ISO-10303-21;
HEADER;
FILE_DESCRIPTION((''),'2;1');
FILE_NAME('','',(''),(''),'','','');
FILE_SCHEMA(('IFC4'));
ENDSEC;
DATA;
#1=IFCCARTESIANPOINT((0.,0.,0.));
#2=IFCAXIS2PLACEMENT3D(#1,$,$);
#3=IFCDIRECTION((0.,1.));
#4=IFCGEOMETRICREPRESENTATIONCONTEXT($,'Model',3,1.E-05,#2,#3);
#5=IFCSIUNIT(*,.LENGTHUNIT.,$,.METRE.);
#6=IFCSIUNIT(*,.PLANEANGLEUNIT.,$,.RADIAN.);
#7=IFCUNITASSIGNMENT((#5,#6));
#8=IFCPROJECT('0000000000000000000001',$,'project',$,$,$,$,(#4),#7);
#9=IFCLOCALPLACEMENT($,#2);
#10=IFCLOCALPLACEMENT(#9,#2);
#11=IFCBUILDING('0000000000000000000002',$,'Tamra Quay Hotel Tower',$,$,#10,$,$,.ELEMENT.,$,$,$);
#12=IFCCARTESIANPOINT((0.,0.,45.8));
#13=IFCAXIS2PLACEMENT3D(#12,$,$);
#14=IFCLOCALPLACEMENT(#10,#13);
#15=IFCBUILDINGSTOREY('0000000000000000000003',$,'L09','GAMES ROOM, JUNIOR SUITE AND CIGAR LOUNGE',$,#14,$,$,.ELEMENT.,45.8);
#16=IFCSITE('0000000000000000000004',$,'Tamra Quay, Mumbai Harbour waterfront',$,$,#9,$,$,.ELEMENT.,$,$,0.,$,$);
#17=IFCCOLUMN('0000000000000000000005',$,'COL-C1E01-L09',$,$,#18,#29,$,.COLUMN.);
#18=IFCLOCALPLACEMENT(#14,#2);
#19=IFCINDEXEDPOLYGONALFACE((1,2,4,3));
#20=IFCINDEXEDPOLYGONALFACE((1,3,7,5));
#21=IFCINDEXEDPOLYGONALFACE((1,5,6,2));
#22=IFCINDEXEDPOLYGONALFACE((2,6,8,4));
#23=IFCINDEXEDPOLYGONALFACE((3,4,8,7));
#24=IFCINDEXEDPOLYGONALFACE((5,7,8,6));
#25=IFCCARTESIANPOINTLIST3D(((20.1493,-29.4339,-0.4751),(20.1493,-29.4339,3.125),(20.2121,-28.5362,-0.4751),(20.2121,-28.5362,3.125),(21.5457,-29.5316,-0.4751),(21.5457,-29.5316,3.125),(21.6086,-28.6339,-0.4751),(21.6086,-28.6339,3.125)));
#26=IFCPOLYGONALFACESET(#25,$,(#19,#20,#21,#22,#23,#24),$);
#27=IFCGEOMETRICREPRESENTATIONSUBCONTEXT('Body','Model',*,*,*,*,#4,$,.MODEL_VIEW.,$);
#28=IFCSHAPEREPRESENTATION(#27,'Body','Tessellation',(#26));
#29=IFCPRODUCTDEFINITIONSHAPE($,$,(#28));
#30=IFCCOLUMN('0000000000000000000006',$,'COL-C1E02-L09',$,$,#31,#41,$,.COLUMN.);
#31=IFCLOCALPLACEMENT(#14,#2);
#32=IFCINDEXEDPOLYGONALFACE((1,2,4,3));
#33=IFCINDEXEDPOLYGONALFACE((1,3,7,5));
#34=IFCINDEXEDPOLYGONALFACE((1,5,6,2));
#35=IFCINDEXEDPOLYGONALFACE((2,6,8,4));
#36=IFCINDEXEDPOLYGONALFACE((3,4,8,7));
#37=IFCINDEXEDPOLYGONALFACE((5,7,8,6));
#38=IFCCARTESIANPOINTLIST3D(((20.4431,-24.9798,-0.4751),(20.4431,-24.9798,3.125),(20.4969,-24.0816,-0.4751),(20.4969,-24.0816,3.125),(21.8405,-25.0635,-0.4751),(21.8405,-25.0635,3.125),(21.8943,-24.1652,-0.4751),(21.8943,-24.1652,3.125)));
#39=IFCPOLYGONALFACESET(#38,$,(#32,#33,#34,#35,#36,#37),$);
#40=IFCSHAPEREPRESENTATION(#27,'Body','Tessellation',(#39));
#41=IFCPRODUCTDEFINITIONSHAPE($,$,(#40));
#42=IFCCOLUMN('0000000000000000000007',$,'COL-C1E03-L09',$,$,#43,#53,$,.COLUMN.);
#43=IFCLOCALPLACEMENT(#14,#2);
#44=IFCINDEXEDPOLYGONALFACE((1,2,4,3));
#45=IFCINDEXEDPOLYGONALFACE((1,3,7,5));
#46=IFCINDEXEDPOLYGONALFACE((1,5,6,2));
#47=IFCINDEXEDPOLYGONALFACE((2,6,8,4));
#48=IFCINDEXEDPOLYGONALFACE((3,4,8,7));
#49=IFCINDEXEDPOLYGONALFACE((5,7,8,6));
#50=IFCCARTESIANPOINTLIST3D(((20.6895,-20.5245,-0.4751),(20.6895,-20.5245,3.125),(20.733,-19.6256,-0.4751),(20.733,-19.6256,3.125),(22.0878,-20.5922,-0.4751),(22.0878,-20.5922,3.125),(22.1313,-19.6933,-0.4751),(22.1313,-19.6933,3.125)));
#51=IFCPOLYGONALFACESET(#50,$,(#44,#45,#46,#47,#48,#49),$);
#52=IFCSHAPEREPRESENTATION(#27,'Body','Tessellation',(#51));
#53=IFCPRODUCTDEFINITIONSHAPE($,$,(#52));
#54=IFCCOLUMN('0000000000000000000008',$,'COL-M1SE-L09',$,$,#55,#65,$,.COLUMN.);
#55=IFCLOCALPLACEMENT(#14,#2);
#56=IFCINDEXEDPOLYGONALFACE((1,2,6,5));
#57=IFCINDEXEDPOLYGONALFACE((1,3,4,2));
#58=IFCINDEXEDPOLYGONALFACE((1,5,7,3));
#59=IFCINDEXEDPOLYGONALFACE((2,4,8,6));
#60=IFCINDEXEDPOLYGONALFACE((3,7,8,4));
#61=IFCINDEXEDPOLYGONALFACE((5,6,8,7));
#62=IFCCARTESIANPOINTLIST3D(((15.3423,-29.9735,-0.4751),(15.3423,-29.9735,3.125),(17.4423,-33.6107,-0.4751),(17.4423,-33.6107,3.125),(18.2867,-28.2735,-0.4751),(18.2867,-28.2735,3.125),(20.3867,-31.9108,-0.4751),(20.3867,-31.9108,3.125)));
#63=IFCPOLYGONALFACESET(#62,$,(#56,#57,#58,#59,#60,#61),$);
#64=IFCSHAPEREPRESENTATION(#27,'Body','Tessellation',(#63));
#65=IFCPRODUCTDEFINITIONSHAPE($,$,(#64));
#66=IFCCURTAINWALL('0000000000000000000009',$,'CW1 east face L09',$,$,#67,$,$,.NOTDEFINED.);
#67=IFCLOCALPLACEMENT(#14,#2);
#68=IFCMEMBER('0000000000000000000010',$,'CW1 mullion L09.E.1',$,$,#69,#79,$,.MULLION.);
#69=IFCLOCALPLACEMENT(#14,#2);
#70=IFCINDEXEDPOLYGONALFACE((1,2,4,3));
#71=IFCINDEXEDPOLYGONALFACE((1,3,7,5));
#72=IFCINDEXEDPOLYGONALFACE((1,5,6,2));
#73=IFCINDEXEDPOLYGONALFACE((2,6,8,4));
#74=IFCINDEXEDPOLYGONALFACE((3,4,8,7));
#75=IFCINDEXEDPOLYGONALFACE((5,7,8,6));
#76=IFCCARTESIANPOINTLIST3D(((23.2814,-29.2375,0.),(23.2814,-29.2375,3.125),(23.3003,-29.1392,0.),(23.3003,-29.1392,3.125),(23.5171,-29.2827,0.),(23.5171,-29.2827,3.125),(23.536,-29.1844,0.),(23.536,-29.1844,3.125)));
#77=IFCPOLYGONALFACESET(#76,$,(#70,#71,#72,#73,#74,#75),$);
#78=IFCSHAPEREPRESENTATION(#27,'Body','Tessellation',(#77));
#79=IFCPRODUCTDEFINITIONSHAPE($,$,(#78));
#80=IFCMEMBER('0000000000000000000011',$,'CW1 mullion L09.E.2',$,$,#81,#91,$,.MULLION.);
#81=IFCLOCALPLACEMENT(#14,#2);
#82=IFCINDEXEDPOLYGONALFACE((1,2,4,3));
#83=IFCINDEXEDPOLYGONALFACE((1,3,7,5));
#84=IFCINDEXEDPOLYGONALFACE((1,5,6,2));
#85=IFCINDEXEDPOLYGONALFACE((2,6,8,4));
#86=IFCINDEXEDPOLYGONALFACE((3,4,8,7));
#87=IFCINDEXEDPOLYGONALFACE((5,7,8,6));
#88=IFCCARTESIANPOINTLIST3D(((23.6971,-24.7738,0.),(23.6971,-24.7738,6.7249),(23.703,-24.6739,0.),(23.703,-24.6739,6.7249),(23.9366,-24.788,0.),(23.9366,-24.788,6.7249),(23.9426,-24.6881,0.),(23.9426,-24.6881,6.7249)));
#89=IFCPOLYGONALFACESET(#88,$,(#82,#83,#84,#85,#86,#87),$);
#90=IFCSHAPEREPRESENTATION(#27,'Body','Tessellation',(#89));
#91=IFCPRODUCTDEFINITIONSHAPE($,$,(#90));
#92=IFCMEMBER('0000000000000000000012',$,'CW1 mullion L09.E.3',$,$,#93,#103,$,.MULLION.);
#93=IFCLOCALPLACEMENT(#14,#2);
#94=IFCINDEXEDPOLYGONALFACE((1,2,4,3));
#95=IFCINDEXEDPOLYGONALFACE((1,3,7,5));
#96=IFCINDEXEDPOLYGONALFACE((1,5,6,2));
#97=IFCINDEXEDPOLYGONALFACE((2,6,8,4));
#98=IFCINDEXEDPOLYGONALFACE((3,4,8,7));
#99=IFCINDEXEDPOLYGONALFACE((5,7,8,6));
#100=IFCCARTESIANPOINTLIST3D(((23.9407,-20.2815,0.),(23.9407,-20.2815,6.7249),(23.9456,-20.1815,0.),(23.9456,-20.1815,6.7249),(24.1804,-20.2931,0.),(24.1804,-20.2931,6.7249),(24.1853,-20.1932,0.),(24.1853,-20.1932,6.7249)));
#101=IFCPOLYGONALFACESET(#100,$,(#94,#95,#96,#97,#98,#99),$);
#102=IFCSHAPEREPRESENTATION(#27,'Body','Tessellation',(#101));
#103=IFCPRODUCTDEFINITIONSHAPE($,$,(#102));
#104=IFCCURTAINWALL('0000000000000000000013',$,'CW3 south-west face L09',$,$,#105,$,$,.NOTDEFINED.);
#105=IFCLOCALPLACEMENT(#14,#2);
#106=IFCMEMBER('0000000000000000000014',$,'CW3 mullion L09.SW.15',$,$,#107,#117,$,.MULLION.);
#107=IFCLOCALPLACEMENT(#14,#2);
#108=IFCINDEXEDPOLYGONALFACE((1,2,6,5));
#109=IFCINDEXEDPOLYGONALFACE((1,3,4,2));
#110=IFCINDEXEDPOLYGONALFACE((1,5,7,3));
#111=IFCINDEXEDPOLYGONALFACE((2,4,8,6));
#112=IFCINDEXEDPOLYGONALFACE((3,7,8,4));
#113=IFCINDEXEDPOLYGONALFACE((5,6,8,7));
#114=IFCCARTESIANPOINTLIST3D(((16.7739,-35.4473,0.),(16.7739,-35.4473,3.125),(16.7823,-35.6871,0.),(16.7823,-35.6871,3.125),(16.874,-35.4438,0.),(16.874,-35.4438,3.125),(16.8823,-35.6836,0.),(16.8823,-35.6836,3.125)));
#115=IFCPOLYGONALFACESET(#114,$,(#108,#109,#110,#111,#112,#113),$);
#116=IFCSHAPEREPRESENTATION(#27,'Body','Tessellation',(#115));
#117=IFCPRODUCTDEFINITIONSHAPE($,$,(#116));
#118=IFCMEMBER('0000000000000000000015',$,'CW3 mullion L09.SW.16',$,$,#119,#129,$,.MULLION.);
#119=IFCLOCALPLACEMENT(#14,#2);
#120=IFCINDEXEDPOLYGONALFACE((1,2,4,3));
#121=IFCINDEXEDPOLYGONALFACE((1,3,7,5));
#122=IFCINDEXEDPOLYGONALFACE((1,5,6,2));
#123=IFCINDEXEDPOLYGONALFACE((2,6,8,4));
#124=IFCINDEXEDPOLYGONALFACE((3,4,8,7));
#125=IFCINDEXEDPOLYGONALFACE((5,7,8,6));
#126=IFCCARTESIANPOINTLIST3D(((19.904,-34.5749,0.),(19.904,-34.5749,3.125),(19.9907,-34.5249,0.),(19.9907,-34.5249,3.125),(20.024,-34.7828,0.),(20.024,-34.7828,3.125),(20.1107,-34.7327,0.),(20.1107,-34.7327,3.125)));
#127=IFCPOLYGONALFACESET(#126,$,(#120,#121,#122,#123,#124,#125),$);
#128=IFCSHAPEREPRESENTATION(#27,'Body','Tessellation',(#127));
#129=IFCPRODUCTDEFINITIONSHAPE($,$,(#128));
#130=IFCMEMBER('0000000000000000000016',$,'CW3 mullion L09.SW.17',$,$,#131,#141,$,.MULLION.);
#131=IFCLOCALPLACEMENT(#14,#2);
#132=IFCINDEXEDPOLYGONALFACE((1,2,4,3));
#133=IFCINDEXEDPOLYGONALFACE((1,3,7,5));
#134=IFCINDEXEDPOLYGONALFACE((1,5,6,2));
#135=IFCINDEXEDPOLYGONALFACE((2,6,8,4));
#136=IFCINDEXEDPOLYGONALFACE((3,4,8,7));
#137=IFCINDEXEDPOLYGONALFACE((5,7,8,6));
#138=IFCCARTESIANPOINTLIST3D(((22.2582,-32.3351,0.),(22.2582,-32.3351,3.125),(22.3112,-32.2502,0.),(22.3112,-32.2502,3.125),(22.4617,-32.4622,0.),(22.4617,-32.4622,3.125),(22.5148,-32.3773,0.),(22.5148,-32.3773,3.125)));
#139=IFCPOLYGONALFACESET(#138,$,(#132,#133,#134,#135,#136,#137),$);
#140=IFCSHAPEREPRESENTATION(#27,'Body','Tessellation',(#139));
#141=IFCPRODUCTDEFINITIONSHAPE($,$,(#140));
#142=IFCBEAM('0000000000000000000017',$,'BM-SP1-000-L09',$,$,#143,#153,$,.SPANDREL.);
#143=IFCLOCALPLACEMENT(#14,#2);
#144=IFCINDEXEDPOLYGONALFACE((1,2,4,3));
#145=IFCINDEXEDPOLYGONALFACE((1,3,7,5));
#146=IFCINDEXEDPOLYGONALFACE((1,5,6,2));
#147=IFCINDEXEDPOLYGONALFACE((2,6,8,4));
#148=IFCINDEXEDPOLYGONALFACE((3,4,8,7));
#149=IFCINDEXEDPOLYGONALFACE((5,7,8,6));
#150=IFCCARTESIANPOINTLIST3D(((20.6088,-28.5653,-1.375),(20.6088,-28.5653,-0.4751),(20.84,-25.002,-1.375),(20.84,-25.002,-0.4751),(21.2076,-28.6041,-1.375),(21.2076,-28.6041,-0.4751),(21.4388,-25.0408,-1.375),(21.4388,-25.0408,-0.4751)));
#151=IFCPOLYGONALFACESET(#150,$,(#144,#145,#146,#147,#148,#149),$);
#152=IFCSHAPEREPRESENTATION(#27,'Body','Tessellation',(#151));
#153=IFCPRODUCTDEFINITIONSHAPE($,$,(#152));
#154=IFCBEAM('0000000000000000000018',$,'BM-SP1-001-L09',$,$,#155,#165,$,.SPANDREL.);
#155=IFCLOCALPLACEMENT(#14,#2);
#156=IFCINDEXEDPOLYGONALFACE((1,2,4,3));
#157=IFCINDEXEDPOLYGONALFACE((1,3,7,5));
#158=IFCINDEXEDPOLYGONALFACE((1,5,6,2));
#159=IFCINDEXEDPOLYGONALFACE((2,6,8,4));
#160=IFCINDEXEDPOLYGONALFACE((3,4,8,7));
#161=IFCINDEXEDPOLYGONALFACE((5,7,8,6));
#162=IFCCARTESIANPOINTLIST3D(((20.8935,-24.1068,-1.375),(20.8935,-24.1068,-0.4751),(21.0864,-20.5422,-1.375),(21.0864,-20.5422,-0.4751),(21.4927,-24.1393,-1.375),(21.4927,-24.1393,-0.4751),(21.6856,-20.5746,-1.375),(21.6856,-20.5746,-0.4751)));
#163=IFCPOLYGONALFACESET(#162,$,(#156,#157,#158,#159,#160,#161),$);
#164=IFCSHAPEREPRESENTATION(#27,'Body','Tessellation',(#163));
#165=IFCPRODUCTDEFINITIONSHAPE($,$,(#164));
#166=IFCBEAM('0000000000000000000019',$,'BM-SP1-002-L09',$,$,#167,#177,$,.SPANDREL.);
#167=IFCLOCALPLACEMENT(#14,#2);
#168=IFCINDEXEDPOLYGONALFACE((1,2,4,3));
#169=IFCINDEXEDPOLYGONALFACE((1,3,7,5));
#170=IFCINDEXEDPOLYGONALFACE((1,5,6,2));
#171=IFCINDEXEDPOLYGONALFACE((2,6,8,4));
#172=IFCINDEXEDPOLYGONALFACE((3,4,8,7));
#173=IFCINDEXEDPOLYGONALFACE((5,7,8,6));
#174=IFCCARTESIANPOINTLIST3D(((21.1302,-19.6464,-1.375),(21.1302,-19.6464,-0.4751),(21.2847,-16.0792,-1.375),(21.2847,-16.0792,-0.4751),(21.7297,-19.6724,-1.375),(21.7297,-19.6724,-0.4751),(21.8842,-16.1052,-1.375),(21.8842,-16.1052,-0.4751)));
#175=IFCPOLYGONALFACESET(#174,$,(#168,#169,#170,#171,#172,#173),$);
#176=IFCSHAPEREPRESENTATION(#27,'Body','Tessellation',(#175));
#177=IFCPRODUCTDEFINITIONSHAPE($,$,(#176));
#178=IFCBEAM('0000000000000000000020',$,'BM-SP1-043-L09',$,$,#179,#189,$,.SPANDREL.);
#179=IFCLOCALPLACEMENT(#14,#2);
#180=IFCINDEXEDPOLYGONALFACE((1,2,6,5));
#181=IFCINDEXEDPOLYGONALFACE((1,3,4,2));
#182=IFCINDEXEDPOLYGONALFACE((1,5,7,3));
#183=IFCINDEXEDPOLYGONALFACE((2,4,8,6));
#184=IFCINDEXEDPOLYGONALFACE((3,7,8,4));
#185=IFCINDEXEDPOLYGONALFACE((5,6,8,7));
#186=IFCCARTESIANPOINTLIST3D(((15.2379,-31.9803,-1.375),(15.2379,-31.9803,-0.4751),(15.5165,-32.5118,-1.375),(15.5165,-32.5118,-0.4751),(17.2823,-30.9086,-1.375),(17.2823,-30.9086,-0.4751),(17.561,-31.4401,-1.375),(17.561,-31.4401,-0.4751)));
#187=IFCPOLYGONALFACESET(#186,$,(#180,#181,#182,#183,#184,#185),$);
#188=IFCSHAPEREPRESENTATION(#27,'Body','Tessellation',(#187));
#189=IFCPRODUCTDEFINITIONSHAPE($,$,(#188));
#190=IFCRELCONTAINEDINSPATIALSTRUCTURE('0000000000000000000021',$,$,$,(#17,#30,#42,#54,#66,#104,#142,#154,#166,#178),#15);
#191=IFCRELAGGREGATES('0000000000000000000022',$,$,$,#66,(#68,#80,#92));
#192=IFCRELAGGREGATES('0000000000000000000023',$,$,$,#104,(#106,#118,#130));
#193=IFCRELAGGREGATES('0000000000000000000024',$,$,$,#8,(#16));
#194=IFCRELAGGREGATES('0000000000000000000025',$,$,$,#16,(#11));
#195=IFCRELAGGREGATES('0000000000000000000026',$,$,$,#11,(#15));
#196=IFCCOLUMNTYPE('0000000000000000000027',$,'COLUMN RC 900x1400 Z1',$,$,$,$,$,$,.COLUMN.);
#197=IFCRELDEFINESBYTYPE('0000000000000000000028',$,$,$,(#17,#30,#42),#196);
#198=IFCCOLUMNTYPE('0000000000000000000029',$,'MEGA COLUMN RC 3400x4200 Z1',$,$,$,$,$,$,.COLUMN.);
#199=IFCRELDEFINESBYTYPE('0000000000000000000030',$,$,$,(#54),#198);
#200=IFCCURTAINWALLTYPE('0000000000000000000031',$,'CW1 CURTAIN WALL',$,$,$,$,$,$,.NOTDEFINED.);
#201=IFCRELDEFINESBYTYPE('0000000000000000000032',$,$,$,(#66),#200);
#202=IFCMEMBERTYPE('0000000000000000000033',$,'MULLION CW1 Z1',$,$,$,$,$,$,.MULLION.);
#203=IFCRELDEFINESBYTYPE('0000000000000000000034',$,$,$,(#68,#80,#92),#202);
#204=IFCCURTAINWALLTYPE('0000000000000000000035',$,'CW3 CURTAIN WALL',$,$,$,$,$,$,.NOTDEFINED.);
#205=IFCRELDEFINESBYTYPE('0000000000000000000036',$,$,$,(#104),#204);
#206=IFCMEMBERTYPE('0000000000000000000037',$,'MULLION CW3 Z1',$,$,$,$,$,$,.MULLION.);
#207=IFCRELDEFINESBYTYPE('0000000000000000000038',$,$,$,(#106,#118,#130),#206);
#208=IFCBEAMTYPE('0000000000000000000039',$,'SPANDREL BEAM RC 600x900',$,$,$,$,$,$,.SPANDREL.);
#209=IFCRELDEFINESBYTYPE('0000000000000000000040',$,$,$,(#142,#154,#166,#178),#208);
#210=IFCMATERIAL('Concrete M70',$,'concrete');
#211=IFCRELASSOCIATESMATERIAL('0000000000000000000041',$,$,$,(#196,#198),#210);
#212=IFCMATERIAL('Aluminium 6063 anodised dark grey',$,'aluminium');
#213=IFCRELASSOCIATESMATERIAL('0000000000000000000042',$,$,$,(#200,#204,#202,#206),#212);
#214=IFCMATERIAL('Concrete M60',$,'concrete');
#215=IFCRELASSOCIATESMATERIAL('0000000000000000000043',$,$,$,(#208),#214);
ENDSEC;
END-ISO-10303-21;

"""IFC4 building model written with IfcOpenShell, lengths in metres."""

from ifc_helpers import new_model, si_unit, direction, frame, origin, origin_2d, place, context, subcontext, project, spatial, rectangle, extrude, material, material_profile, profile_set, type_object, element, aggregate, save


model = new_model("IFC4")

# Units and contexts
model_context = context("Model", 3, precision=1e-05, world=origin(), true_north=direction((0.0, 1.0)))
body_context = subcontext(model_context, "Body", "Model", "MODEL_VIEW")
ifc_project = project(units=[si_unit("LENGTHUNIT", "METRE"), si_unit("PLANEANGLEUNIT", "RADIAN")], contexts=[model_context])

# Site, building, storey
site_placement = place(None, origin())
site = spatial("IfcSite", under=ifc_project, at=site_placement, Name="Tamra Quay, Mumbai Harbour waterfront", CompositionType="ELEMENT", RefElevation=0.0)
building_placement = place(site_placement, origin())
building = spatial("IfcBuilding", under=site, at=building_placement, Name="Tamra Quay Hotel Tower", CompositionType="ELEMENT")
storey_placement = place(building_placement, frame((0.0, 0.0, 45.8)))
storey = spatial("IfcBuildingStorey", under=building, at=storey_placement, Name="L09", Description="GAMES ROOM, JUNIOR SUITE AND CIGAR LOUNGE", CompositionType="ELEMENT", Elevation=45.8)

# Columns
ifc_material_1 = material(Name="Concrete M70", Category="concrete")
ifc_material_profile_1 = material_profile(ifc_material_1, rectangle(XDim=1.3999, YDim=0.8999, at=origin_2d()), Name="COLUMN RC 900x1400 Z1")
ifc_profile_set_1 = profile_set([ifc_material_profile_1], Name="Concrete M70")
column_type_1 = type_object("IfcColumnType", Name="COLUMN RC 900x1400 Z1", PredefinedType="COLUMN", material=ifc_profile_set_1)
for number, where, z_axis, x_axis, name in (
    (1, (20.8789, -29.0339, -0.4751), (0.0, 0.0, 1.0), (-0.997562, 0.06979, 0.0), "COL-C1E01-L09"),
    (2, (21.1687, -24.5725, -0.4751), (0.0, 0.0, 1.0), (-0.998214, 0.059733, 0.0), "COL-C1E02-L09"),
    (3, (21.4104, -20.1089, -0.4751), (0.0, 0.0, 1.0), (-0.998831, 0.048344, 0.0), "COL-C1E03-L09"),
):
    element("IfcColumn", number, at=place(storey_placement, frame(where, z_axis=z_axis, x_axis=x_axis)), inside=storey, type_object=column_type_1, Name=name, PredefinedType="COLUMN", context=body_context, shape_type="SweptSolid", body=[
        extrude(rectangle(XDim=1.3999, YDim=0.8999, at=origin_2d()), origin(), (0.0, 0.0, 1.0), 3.6001),
    ])
ifc_material_profile_2 = material_profile(ifc_material_1, rectangle(XDim=4.2, YDim=3.3999, at=origin_2d()), Name="MEGA COLUMN RC 3400x4200 Z1")
ifc_profile_set_2 = profile_set([ifc_material_profile_2], Name="Concrete M70")
column_type_2 = type_object("IfcColumnType", Name="MEGA COLUMN RC 3400x4200 Z1", PredefinedType="COLUMN", material=ifc_profile_set_2)
column_placement = place(storey_placement, frame((17.8645, -30.9421, -0.4751), z_axis=(0.0, 0.0, 1.0), x_axis=(-0.5, 0.866025, 0.0)))
element("IfcColumn", 4, at=column_placement, inside=storey, type_object=column_type_2, Name="COL-M1SE-L09", PredefinedType="COLUMN", context=body_context, shape_type="SweptSolid", body=[
    extrude(rectangle(XDim=4.2, YDim=3.3999, at=origin_2d()), origin(), (0.0, 0.0, 1.0), 3.6001),
])

# Curtain walls, members
ifc_material_2 = material(Name="Aluminium 6063 anodised dark grey", Category="aluminium")
curtain_wall_type_1 = type_object("IfcCurtainWallType", Name="CW1 CURTAIN WALL", PredefinedType="NOTDEFINED", material=ifc_material_2)
curtain_wall_1_placement = place(storey_placement, origin())
curtain_wall_1 = element("IfcCurtainWall", 5, at=curtain_wall_1_placement, inside=storey, type_object=curtain_wall_type_1, Name="CW1 east face L09", PredefinedType="NOTDEFINED")
ifc_material_profile_3 = material_profile(ifc_material_2, rectangle(XDim=0.24, YDim=0.1001, at=origin_2d()), Name="MULLION 100X240")
ifc_profile_set_3 = profile_set([ifc_material_profile_3], Name="Aluminium 6063 anodised dark grey")
member_type_1 = type_object("IfcMemberType", Name="MULLION CW1 Z1", PredefinedType="MULLION", material=ifc_profile_set_3)
member_1_placement = place(storey_placement, frame((23.4087, -29.2109, 0.0), z_axis=(0.0, 0.0, 1.0), x_axis=(0.982095, -0.188389, 0.0)))
member_1 = element("IfcMember", 6, at=member_1_placement, type_object=member_type_1, Name="CW1 mullion L09.E.1", PredefinedType="MULLION", context=body_context, shape_type="SweptSolid", body=[
    extrude(rectangle(XDim=0.24, YDim=0.1001, at=origin_2d()), origin(), (0.0, 0.0, 1.0), 3.125),
])
member_2_placement = place(storey_placement, frame((23.8198, -24.731, 0.0), z_axis=(0.0, 0.0, 1.0), x_axis=(0.998232, -0.059438, 0.0)))
member_2 = element("IfcMember", 7, at=member_2_placement, type_object=member_type_1, Name="CW1 mullion L09.E.2", PredefinedType="MULLION", context=body_context, shape_type="SweptSolid", body=[
    extrude(rectangle(XDim=0.24, YDim=0.1001, at=origin_2d()), origin(), (0.0, 0.0, 1.0), 6.7249),
])
member_3_placement = place(storey_placement, frame((24.063, -20.2373, 0.0), z_axis=(0.0, 0.0, 1.0), x_axis=(0.998815, -0.048674, 0.0)))
member_3 = element("IfcMember", 8, at=member_3_placement, type_object=member_type_1, Name="CW1 mullion L09.E.3", PredefinedType="MULLION", context=body_context, shape_type="SweptSolid", body=[
    extrude(rectangle(XDim=0.24, YDim=0.1001, at=origin_2d()), origin(), (0.0, 0.0, 1.0), 6.7249),
])
curtain_wall_type_2 = type_object("IfcCurtainWallType", Name="CW3 CURTAIN WALL", PredefinedType="NOTDEFINED", material=ifc_material_2)
curtain_wall_2_placement = place(storey_placement, origin())
curtain_wall_2 = element("IfcCurtainWall", 9, at=curtain_wall_2_placement, inside=storey, type_object=curtain_wall_type_2, Name="CW3 south-west face L09", PredefinedType="NOTDEFINED")
ifc_material_profile_4 = material_profile(ifc_material_2, rectangle(XDim=0.24, YDim=0.1001, at=origin_2d()), Name="MULLION 100X240")
ifc_profile_set_4 = profile_set([ifc_material_profile_4], Name="Aluminium 6063 anodised dark grey")
member_type_2 = type_object("IfcMemberType", Name="MULLION CW3 Z1", PredefinedType="MULLION", material=ifc_profile_set_4)
member_4_placement = place(storey_placement, frame((16.8281, -35.5654, 0.0), z_axis=(0.0, 0.0, 1.0), x_axis=(0.034916, -0.99939, 0.0)))
member_4 = element("IfcMember", 10, at=member_4_placement, type_object=member_type_2, Name="CW3 mullion L09.SW.15", PredefinedType="MULLION", context=body_context, shape_type="SweptSolid", body=[
    extrude(rectangle(XDim=0.24, YDim=0.1001, at=origin_2d()), origin(), (0.0, 0.0, 1.0), 3.125),
])
member_5_placement = place(storey_placement, frame((20.0073, -34.6538, 0.0), z_axis=(0.0, 0.0, 1.0), x_axis=(0.5, -0.866025, 0.0)))
member_5 = element("IfcMember", 11, at=member_5_placement, type_object=member_type_2, Name="CW3 mullion L09.SW.16", PredefinedType="MULLION", context=body_context, shape_type="SweptSolid", body=[
    extrude(rectangle(XDim=0.24, YDim=0.1001, at=origin_2d()), origin(), (0.0, 0.0, 1.0), 3.125),
])
member_6_placement = place(storey_placement, frame((22.3865, -32.3562, 0.0), z_axis=(0.0, 0.0, 1.0), x_axis=(0.848039, -0.529933, 0.0)))
member_6 = element("IfcMember", 12, at=member_6_placement, type_object=member_type_2, Name="CW3 mullion L09.SW.17", PredefinedType="MULLION", context=body_context, shape_type="SweptSolid", body=[
    extrude(rectangle(XDim=0.24, YDim=0.1001, at=origin_2d()), origin(), (0.0, 0.0, 1.0), 3.125),
])

# Beams
ifc_material_3 = material(Name="Concrete M60", Category="concrete")
ifc_material_profile_5 = material_profile(ifc_material_3, rectangle(XDim=0.6001, YDim=0.8999, at=origin_2d()), Name="SPANDREL BEAM RC 600x900")
ifc_profile_set_5 = profile_set([ifc_material_profile_5], Name="Concrete M60")
beam_type = type_object("IfcBeamType", Name="SPANDREL BEAM RC 600x900", PredefinedType="SPANDREL", material=ifc_profile_set_5)
beam_1_placement = place(storey_placement, frame((20.9082, -28.5847, -0.925), z_axis=(0.064749, 0.997902, 0.0), x_axis=(-0.997902, 0.064749, 0.0)))
element("IfcBeam", 13, at=beam_1_placement, inside=storey, type_object=beam_type, Name="BM-SP1-000-L09", PredefinedType="SPANDREL", context=body_context, shape_type="SweptSolid", body=[
    extrude(rectangle(XDim=0.6001, YDim=0.8999, at=origin_2d()), origin(), (0.0, 0.0, 1.0), 3.5708),
])
beam_2_placement = place(storey_placement, frame((21.1931, -24.123, -0.925), z_axis=(0.054027, 0.998539, 0.0), x_axis=(-0.998539, 0.054027, 0.0)))
element("IfcBeam", 14, at=beam_2_placement, inside=storey, type_object=beam_type, Name="BM-SP1-001-L09", PredefinedType="SPANDREL", context=body_context, shape_type="SweptSolid", body=[
    extrude(rectangle(XDim=0.6001, YDim=0.8999, at=origin_2d()), origin(), (0.0, 0.0, 1.0), 3.5698),
])
beam_3_placement = place(storey_placement, frame((21.4299, -19.6594, -0.925), z_axis=(0.043283, 0.999063, 0.0), x_axis=(-0.999063, 0.043283, 0.0)))
element("IfcBeam", 15, at=beam_3_placement, inside=storey, type_object=beam_type, Name="BM-SP1-002-L09", PredefinedType="SPANDREL", context=body_context, shape_type="SweptSolid", body=[
    extrude(rectangle(XDim=0.6001, YDim=0.8999, at=origin_2d()), origin(), (0.0, 0.0, 1.0), 3.5706),
])
beam_4_placement = place(storey_placement, frame((15.3772, -32.2461, -0.925), z_axis=(0.885674, 0.464307, 0.0), x_axis=(-0.464307, 0.885674, 0.0)))
element("IfcBeam", 16, at=beam_4_placement, inside=storey, type_object=beam_type, Name="BM-SP1-043-L09", PredefinedType="SPANDREL", context=body_context, shape_type="SweptSolid", body=[
    extrude(rectangle(XDim=0.6001, YDim=0.8999, at=origin_2d()), origin(), (0.0, 0.0, 1.0), 2.3083),
])

aggregate(curtain_wall_1, [member_1, member_2, member_3])
aggregate(curtain_wall_2, [member_4, member_5, member_6])

save(model, "model.ifc")
